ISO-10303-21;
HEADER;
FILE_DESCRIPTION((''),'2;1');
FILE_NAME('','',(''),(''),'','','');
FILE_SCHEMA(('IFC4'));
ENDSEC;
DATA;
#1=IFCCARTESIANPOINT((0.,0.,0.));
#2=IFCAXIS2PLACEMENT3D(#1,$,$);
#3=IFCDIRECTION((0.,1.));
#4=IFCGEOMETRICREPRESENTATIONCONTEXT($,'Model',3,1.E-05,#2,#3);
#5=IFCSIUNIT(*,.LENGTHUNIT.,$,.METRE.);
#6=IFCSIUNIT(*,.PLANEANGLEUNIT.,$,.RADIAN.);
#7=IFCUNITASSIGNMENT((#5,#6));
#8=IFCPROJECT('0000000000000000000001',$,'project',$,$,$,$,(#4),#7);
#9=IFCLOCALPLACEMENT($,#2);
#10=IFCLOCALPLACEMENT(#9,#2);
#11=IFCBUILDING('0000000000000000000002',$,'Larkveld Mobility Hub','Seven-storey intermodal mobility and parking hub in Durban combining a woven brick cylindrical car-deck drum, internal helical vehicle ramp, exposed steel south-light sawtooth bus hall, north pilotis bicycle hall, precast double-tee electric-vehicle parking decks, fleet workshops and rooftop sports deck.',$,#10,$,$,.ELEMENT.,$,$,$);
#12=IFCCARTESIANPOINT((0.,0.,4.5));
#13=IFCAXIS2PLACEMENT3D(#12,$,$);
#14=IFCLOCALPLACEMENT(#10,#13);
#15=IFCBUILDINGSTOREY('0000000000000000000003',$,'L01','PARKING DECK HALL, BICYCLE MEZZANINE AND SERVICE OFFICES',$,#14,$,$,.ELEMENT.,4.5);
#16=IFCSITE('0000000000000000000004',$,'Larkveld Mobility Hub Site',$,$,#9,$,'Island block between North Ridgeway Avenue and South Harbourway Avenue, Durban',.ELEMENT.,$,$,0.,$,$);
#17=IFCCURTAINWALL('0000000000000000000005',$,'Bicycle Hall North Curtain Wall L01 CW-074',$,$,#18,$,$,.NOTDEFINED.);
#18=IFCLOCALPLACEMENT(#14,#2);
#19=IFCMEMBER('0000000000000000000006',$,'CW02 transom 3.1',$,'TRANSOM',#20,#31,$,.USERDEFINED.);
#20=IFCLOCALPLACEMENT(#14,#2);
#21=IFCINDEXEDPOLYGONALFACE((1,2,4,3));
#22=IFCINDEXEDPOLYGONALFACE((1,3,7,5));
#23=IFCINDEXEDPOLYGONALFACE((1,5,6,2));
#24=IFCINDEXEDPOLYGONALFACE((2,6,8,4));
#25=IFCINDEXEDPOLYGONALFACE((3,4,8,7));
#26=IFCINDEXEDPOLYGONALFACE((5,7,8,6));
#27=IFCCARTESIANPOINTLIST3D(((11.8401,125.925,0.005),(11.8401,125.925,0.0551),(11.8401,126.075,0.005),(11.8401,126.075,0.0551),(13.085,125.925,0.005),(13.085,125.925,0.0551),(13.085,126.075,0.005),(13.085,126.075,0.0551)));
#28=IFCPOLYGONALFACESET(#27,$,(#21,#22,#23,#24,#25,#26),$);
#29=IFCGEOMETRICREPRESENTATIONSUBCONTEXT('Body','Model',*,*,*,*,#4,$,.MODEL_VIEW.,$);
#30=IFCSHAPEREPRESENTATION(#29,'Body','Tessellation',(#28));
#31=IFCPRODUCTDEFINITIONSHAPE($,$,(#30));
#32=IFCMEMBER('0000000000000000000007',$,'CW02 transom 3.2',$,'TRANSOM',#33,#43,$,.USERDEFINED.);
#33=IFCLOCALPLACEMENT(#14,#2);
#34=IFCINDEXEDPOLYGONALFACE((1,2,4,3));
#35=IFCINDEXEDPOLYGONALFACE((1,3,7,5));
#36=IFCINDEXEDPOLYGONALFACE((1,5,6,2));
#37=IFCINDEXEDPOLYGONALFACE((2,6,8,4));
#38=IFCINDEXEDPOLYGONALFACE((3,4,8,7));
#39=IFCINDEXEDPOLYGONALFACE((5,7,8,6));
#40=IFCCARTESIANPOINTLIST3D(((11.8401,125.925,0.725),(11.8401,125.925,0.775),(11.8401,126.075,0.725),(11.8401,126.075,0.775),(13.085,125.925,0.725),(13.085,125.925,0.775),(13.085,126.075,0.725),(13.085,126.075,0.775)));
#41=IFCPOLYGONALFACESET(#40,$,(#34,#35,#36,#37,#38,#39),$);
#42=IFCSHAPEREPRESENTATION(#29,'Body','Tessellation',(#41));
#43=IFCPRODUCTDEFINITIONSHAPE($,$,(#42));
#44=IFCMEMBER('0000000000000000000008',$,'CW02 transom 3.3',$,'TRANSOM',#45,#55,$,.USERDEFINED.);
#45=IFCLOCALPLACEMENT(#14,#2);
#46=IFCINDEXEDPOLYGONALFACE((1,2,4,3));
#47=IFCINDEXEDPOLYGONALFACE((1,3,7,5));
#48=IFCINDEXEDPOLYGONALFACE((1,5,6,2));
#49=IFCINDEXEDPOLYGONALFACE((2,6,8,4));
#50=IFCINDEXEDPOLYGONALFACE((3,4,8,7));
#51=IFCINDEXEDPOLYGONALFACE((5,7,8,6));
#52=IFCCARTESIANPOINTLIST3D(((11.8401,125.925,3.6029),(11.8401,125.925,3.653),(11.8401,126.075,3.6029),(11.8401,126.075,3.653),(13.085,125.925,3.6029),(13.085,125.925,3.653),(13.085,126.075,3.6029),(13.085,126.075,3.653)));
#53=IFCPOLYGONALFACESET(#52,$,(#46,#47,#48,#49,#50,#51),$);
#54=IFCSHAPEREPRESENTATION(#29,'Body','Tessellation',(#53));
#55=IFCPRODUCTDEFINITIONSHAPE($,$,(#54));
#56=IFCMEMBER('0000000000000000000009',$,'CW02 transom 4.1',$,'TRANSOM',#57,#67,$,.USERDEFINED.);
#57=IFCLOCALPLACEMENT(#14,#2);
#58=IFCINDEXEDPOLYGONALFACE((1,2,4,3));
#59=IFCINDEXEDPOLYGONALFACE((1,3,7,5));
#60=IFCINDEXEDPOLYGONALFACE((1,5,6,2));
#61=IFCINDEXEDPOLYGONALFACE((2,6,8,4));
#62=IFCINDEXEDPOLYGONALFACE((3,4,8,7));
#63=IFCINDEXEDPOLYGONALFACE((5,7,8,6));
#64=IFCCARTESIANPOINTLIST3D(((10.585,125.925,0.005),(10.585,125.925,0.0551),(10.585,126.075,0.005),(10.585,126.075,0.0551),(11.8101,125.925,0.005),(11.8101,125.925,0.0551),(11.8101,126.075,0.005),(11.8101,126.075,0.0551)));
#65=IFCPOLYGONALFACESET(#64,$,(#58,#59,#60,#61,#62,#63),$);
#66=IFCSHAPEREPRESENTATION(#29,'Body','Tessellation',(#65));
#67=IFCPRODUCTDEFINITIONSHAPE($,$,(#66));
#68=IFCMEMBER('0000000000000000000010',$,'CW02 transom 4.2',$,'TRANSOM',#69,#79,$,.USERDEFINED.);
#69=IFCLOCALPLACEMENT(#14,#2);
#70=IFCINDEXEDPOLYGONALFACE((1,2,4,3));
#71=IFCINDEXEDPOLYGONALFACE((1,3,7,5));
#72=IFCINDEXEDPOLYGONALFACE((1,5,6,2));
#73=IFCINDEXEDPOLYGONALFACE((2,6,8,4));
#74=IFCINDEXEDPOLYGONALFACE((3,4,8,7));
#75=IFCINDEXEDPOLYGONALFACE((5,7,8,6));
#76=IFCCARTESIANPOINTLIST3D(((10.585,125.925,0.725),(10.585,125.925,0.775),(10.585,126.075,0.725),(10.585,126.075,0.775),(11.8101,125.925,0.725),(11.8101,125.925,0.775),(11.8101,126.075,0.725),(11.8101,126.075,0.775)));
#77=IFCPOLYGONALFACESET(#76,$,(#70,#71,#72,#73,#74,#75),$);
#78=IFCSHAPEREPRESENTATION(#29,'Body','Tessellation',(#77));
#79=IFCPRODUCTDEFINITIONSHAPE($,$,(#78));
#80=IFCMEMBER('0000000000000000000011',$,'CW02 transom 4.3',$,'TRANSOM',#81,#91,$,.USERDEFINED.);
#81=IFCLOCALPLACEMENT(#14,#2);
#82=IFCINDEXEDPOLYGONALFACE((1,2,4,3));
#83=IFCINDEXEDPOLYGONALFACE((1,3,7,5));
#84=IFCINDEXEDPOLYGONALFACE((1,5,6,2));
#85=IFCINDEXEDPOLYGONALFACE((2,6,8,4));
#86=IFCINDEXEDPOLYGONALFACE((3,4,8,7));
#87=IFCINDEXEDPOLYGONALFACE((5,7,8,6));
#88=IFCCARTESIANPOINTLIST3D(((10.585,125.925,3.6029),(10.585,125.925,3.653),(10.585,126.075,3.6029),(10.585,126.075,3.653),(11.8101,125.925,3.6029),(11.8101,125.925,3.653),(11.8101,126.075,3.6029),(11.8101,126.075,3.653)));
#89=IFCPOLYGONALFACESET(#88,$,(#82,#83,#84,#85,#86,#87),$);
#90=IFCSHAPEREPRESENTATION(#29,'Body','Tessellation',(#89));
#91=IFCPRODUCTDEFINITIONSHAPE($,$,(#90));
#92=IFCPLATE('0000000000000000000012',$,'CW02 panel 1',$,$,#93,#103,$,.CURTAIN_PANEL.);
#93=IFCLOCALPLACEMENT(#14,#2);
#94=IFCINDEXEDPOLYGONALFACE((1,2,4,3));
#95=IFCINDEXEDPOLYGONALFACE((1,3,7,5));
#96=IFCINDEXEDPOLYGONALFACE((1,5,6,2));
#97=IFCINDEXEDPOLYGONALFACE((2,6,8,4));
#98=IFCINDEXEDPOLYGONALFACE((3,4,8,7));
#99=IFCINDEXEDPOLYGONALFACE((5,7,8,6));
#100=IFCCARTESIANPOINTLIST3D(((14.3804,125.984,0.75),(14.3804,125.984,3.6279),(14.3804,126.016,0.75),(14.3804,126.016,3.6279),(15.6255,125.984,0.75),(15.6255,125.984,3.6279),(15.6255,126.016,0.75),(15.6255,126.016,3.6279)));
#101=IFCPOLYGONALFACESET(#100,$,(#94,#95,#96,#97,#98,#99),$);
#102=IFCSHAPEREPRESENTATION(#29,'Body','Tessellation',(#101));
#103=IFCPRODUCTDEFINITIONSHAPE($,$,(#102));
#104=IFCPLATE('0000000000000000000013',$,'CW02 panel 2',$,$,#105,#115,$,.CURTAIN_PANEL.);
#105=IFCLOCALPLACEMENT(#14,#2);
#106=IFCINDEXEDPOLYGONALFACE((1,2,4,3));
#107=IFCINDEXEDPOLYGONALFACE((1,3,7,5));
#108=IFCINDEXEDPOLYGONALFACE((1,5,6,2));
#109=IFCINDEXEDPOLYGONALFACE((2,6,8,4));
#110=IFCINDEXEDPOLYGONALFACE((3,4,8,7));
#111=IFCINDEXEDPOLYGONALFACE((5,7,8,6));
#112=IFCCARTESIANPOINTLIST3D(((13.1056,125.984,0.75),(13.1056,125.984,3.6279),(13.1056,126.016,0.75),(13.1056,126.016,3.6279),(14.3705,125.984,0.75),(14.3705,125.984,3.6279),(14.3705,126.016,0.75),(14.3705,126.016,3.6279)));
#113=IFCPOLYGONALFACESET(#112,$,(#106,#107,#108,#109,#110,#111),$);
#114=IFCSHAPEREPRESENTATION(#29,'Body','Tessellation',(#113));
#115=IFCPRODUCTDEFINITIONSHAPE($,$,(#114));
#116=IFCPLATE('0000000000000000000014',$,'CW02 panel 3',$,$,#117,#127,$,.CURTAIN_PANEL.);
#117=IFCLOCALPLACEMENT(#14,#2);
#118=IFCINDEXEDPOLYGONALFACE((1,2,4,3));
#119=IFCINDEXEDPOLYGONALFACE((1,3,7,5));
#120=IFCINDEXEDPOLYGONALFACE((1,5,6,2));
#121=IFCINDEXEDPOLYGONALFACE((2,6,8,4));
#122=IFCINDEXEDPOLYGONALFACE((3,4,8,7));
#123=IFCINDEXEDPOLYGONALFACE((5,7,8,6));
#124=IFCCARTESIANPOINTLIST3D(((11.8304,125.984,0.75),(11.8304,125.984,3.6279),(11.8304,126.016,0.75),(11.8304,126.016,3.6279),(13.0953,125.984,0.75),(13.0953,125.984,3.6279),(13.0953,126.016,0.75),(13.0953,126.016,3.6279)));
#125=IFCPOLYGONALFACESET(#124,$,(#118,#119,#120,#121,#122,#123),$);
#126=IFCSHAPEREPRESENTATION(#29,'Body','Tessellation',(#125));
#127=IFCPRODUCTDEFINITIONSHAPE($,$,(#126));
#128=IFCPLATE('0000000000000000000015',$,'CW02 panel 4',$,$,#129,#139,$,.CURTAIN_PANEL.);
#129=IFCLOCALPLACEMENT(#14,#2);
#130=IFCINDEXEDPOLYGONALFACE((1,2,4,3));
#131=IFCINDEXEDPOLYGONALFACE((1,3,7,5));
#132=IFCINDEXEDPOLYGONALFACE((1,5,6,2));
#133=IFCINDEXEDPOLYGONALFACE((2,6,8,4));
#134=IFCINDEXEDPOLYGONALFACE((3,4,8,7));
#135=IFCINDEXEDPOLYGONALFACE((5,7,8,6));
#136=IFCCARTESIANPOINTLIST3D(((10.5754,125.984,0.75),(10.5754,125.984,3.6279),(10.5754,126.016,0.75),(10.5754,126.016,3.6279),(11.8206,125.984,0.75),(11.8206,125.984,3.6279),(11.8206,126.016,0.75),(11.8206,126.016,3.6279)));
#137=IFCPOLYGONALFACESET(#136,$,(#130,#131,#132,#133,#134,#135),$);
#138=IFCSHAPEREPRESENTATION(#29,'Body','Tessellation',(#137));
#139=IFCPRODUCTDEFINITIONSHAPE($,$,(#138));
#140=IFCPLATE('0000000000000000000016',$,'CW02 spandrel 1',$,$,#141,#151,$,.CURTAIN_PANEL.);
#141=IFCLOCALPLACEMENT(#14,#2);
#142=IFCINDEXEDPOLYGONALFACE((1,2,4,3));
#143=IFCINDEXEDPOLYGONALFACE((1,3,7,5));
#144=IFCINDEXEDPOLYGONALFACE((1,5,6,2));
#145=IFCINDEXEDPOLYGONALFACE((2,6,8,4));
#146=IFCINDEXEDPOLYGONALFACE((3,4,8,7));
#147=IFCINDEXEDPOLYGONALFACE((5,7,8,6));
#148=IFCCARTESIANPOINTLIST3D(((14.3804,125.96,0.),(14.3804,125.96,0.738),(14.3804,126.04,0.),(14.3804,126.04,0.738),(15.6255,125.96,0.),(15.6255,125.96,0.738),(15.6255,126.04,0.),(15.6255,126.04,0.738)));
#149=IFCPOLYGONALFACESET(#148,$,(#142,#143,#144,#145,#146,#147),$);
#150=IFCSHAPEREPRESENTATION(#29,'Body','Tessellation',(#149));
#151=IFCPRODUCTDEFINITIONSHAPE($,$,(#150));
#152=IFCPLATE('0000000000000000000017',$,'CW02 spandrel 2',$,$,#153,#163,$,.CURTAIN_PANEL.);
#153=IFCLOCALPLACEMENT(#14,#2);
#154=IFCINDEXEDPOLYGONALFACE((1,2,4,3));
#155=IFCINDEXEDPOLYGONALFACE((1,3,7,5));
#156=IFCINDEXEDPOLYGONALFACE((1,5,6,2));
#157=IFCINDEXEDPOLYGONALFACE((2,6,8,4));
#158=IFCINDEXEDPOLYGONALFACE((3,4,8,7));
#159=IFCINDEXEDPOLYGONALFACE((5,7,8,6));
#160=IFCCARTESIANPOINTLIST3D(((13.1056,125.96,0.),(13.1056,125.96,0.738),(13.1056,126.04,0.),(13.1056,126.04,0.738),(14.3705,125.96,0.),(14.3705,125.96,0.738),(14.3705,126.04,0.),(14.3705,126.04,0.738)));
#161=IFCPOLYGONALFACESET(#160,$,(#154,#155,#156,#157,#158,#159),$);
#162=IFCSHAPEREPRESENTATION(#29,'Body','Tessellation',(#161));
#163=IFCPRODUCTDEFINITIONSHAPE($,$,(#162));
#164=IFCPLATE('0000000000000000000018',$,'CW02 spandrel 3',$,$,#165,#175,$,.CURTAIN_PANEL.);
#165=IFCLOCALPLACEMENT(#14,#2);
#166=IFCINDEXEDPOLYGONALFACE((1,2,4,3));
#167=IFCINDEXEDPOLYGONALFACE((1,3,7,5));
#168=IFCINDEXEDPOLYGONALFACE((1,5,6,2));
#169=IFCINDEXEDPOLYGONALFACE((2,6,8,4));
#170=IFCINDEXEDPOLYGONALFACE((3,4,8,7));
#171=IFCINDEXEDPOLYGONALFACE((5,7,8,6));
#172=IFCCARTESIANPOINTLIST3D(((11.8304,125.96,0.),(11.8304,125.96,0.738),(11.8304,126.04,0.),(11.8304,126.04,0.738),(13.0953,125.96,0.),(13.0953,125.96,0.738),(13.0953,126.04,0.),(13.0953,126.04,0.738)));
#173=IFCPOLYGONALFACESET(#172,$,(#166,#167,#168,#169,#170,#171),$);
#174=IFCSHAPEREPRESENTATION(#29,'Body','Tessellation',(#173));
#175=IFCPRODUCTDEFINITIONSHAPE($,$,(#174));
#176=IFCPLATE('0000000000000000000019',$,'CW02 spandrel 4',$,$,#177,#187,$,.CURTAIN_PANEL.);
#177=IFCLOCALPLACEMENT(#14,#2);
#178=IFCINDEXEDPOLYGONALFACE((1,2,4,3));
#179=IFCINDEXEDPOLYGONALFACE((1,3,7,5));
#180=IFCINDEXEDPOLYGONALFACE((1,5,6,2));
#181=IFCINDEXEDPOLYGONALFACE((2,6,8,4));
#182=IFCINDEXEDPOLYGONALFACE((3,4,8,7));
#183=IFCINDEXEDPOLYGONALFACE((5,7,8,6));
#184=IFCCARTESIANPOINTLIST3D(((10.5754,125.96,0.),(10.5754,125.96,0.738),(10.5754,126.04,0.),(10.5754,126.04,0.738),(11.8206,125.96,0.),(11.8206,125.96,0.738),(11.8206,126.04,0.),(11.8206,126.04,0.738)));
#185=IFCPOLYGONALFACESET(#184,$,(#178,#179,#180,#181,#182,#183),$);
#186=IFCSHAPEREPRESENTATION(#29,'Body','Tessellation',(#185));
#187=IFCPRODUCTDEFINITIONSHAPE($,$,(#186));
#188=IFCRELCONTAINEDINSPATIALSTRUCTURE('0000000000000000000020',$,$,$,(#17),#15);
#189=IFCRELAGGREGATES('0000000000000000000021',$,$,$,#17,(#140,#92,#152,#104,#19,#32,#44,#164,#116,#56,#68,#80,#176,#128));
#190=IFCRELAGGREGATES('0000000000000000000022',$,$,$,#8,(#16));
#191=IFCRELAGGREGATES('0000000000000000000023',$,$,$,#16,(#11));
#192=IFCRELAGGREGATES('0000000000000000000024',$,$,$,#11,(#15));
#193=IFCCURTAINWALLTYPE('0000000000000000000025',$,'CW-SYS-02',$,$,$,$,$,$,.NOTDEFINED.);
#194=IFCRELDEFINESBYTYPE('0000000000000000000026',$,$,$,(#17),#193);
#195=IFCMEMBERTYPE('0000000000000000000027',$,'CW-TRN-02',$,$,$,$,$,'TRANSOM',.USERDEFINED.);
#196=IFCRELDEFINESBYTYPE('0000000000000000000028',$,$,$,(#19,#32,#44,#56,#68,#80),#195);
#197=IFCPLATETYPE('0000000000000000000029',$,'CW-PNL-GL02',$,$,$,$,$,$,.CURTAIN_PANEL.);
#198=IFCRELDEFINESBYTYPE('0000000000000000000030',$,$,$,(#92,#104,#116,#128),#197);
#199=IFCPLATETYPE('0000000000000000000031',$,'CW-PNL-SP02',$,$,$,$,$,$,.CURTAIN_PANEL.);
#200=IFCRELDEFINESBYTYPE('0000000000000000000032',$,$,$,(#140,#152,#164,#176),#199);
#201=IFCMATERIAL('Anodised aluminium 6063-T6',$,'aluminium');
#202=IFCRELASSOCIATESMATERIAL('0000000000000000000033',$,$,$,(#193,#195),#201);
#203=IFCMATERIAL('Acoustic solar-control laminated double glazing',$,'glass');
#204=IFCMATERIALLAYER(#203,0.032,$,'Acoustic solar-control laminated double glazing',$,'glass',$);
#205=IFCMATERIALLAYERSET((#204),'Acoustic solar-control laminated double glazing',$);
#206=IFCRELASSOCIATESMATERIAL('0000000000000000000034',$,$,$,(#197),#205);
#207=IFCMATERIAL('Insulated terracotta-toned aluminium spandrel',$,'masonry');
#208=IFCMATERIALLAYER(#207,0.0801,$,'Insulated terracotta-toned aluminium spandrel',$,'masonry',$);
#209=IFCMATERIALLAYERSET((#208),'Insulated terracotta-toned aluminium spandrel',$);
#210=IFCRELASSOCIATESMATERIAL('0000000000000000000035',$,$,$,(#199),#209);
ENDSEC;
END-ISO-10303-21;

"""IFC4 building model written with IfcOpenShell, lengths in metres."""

from ifc_helpers import new_model, si_unit, direction, frame, origin, origin_2d, place, context, subcontext, project, spatial, rectangle, extrude, material, layer, layer_set, material_profile, profile_set, type_object, element, aggregate, save


model = new_model("IFC4")

# Units and contexts
model_context = context("Model", 3, precision=1e-05, world=origin(), true_north=direction((0.0, 1.0)))
body_context = subcontext(model_context, "Body", "Model", "MODEL_VIEW")
ifc_project = project(units=[si_unit("LENGTHUNIT", "METRE"), si_unit("PLANEANGLEUNIT", "RADIAN")], contexts=[model_context])

# Site, building, storey
site_placement = place(None, origin())
site = spatial("IfcSite", under=ifc_project, at=site_placement, Name="Larkveld Mobility Hub Site", LongName="Island block between North Ridgeway Avenue and South Harbourway Avenue, Durban", CompositionType="ELEMENT", RefElevation=0.0)
building_placement = place(site_placement, origin())
building = spatial("IfcBuilding", under=site, at=building_placement, Name="Larkveld Mobility Hub", Description="Seven-storey intermodal mobility and parking hub in Durban combining a woven brick cylindrical car-deck drum, internal helical vehicle ramp, exposed steel south-light sawtooth bus hall, north pilotis bicycle hall, precast double-tee electric-vehicle parking decks, fleet workshops and rooftop sports deck.", CompositionType="ELEMENT")
storey_placement = place(building_placement, frame((0.0, 0.0, 4.5)))
storey = spatial("IfcBuildingStorey", under=building, at=storey_placement, Name="L01", Description="PARKING DECK HALL, BICYCLE MEZZANINE AND SERVICE OFFICES", CompositionType="ELEMENT", Elevation=4.5)

# Curtain wall
ifc_material_1 = material(Name="Anodised aluminium 6063-T6", Category="aluminium")
curtain_wall_type_1 = type_object("IfcCurtainWallType", Name="CW-SYS-02", PredefinedType="NOTDEFINED", material=ifc_material_1)
curtain_wall_1_placement = place(storey_placement, origin())
curtain_wall_1 = element("IfcCurtainWall", 1, at=curtain_wall_1_placement, inside=storey, type_object=curtain_wall_type_1, Name="Bicycle Hall North Curtain Wall L01 CW-074", PredefinedType="NOTDEFINED")

# Members
ifc_material_profile_1 = material_profile(ifc_material_1, rectangle(XDim=0.1499, YDim=0.05, at=origin_2d()), Name="ALU TRAN 50x150")
ifc_profile_set_1 = profile_set([ifc_material_profile_1], Name="Anodised aluminium 6063-T6")
member_type_1 = type_object("IfcMemberType", Name="CW-TRN-02", ElementType="TRANSOM", PredefinedType="USERDEFINED", material=ifc_profile_set_1)
member_1_placement = place(storey_placement, frame((13.085, 126.0, 0.03), z_axis=(-1.0, 0.0, 0.0), x_axis=(0.0, -1.0, 0.0)))
member_1 = element("IfcMember", 2, at=member_1_placement, type_object=member_type_1, Name="CW02 transom 3.1", ObjectType="TRANSOM", PredefinedType="USERDEFINED", context=body_context, shape_type="SweptSolid", body=[
    extrude(rectangle(XDim=0.1499, YDim=0.05, at=origin_2d()), origin(), (0.0, 0.0, 1.0), 1.2449),
])
member_2_placement = place(storey_placement, frame((13.085, 126.0, 0.75), z_axis=(-1.0, 0.0, 0.0), x_axis=(0.0, -1.0, 0.0)))
member_2 = element("IfcMember", 3, at=member_2_placement, type_object=member_type_1, Name="CW02 transom 3.2", ObjectType="TRANSOM", PredefinedType="USERDEFINED", context=body_context, shape_type="SweptSolid", body=[
    extrude(rectangle(XDim=0.1499, YDim=0.05, at=origin_2d()), origin(), (0.0, 0.0, 1.0), 1.2449),
])
member_3_placement = place(storey_placement, frame((13.085, 126.0, 3.6279), z_axis=(-1.0, 0.0, 0.0), x_axis=(0.0, -1.0, 0.0)))
member_3 = element("IfcMember", 4, at=member_3_placement, type_object=member_type_1, Name="CW02 transom 3.3", ObjectType="TRANSOM", PredefinedType="USERDEFINED", context=body_context, shape_type="SweptSolid", body=[
    extrude(rectangle(XDim=0.1499, YDim=0.05, at=origin_2d()), origin(), (0.0, 0.0, 1.0), 1.2449),
])
member_4_placement = place(storey_placement, frame((11.8101, 126.0, 0.03), z_axis=(-1.0, 0.0, 0.0), x_axis=(0.0, -1.0, 0.0)))
member_4 = element("IfcMember", 5, at=member_4_placement, type_object=member_type_1, Name="CW02 transom 4.1", ObjectType="TRANSOM", PredefinedType="USERDEFINED", context=body_context, shape_type="SweptSolid", body=[
    extrude(rectangle(XDim=0.1499, YDim=0.05, at=origin_2d()), origin(), (0.0, 0.0, 1.0), 1.2251),
])
member_5_placement = place(storey_placement, frame((11.8101, 126.0, 0.75), z_axis=(-1.0, 0.0, 0.0), x_axis=(0.0, -1.0, 0.0)))
member_5 = element("IfcMember", 6, at=member_5_placement, type_object=member_type_1, Name="CW02 transom 4.2", ObjectType="TRANSOM", PredefinedType="USERDEFINED", context=body_context, shape_type="SweptSolid", body=[
    extrude(rectangle(XDim=0.1499, YDim=0.05, at=origin_2d()), origin(), (0.0, 0.0, 1.0), 1.2251),
])
member_6_placement = place(storey_placement, frame((11.8101, 126.0, 3.6279), z_axis=(-1.0, 0.0, 0.0), x_axis=(0.0, -1.0, 0.0)))
member_6 = element("IfcMember", 7, at=member_6_placement, type_object=member_type_1, Name="CW02 transom 4.3", ObjectType="TRANSOM", PredefinedType="USERDEFINED", context=body_context, shape_type="SweptSolid", body=[
    extrude(rectangle(XDim=0.1499, YDim=0.05, at=origin_2d()), origin(), (0.0, 0.0, 1.0), 1.2251),
])

# Plates
ifc_material_2 = material(Name="Acoustic solar-control laminated double glazing", Category="glass")
ifc_layer_1 = layer(ifc_material_2, 0.032, Name="Acoustic solar-control laminated double glazing", Category="glass")
ifc_layer_set_1 = layer_set([ifc_layer_1], Name="Acoustic solar-control laminated double glazing")
plate_type_1 = type_object("IfcPlateType", Name="CW-PNL-GL02", PredefinedType="CURTAIN_PANEL", material=ifc_layer_set_1)
plate_1_placement = place(storey_placement, frame((15.0029, 126.0, 0.75), z_axis=(0.0, 0.0, 1.0), x_axis=(-1.0, 0.0, 0.0)))
plate_1 = element("IfcPlate", 8, at=plate_1_placement, type_object=plate_type_1, Name="CW02 panel 1", PredefinedType="CURTAIN_PANEL", context=body_context, shape_type="SweptSolid", body=[
    extrude(rectangle(XDim=1.2451, YDim=0.032, at=origin_2d()), origin(), (0.0, 0.0, 1.0), 2.8779),
])
plate_2_placement = place(storey_placement, frame((13.738, 126.0, 0.75), z_axis=(0.0, 0.0, 1.0), x_axis=(-1.0, 0.0, 0.0)))
plate_2 = element("IfcPlate", 9, at=plate_2_placement, type_object=plate_type_1, Name="CW02 panel 2", PredefinedType="CURTAIN_PANEL", context=body_context, shape_type="SweptSolid", body=[
    extrude(rectangle(XDim=1.2649, YDim=0.032, at=origin_2d()), origin(), (0.0, 0.0, 1.0), 2.8779),
])
plate_3_placement = place(storey_placement, frame((12.4629, 126.0, 0.75), z_axis=(0.0, 0.0, 1.0), x_axis=(-1.0, 0.0, 0.0)))
plate_3 = element("IfcPlate", 10, at=plate_3_placement, type_object=plate_type_1, Name="CW02 panel 3", PredefinedType="CURTAIN_PANEL", context=body_context, shape_type="SweptSolid", body=[
    extrude(rectangle(XDim=1.2649, YDim=0.032, at=origin_2d()), origin(), (0.0, 0.0, 1.0), 2.8779),
])
plate_4_placement = place(storey_placement, frame((11.198, 126.0, 0.75), z_axis=(0.0, 0.0, 1.0), x_axis=(-1.0, 0.0, 0.0)))
plate_4 = element("IfcPlate", 11, at=plate_4_placement, type_object=plate_type_1, Name="CW02 panel 4", PredefinedType="CURTAIN_PANEL", context=body_context, shape_type="SweptSolid", body=[
    extrude(rectangle(XDim=1.2451, YDim=0.032, at=origin_2d()), origin(), (0.0, 0.0, 1.0), 2.8779),
])
ifc_material_3 = material(Name="Insulated terracotta-toned aluminium spandrel", Category="masonry")
ifc_layer_2 = layer(ifc_material_3, 0.0801, Name="Insulated terracotta-toned aluminium spandrel", Category="masonry")
ifc_layer_set_2 = layer_set([ifc_layer_2], Name="Insulated terracotta-toned aluminium spandrel")
plate_type_2 = type_object("IfcPlateType", Name="CW-PNL-SP02", PredefinedType="CURTAIN_PANEL", material=ifc_layer_set_2)
plate_5_placement = place(storey_placement, frame((15.0029, 126.0, 0.0), z_axis=(0.0, 0.0, 1.0), x_axis=(-1.0, 0.0, 0.0)))
plate_5 = element("IfcPlate", 12, at=plate_5_placement, type_object=plate_type_2, Name="CW02 spandrel 1", PredefinedType="CURTAIN_PANEL", context=body_context, shape_type="SweptSolid", body=[
    extrude(rectangle(XDim=1.2451, YDim=0.0801, at=origin_2d()), origin(), (0.0, 0.0, 1.0), 0.738),
])
plate_6_placement = place(storey_placement, frame((13.738, 126.0, 0.0), z_axis=(0.0, 0.0, 1.0), x_axis=(-1.0, 0.0, 0.0)))
plate_6 = element("IfcPlate", 13, at=plate_6_placement, type_object=plate_type_2, Name="CW02 spandrel 2", PredefinedType="CURTAIN_PANEL", context=body_context, shape_type="SweptSolid", body=[
    extrude(rectangle(XDim=1.2649, YDim=0.0801, at=origin_2d()), origin(), (0.0, 0.0, 1.0), 0.738),
])
plate_7_placement = place(storey_placement, frame((12.4629, 126.0, 0.0), z_axis=(0.0, 0.0, 1.0), x_axis=(-1.0, 0.0, 0.0)))
plate_7 = element("IfcPlate", 14, at=plate_7_placement, type_object=plate_type_2, Name="CW02 spandrel 3", PredefinedType="CURTAIN_PANEL", context=body_context, shape_type="SweptSolid", body=[
    extrude(rectangle(XDim=1.2649, YDim=0.0801, at=origin_2d()), origin(), (0.0, 0.0, 1.0), 0.738),
])
plate_8_placement = place(storey_placement, frame((11.198, 126.0, 0.0), z_axis=(0.0, 0.0, 1.0), x_axis=(-1.0, 0.0, 0.0)))
plate_8 = element("IfcPlate", 15, at=plate_8_placement, type_object=plate_type_2, Name="CW02 spandrel 4", PredefinedType="CURTAIN_PANEL", context=body_context, shape_type="SweptSolid", body=[
    extrude(rectangle(XDim=1.2451, YDim=0.0801, at=origin_2d()), origin(), (0.0, 0.0, 1.0), 0.738),
])
aggregate(curtain_wall_1, [plate_5, plate_1, plate_6, plate_2, member_1, member_2, member_3, plate_7, plate_3, member_4, member_5, member_6, plate_8, plate_4])

save(model, "model.ifc")
